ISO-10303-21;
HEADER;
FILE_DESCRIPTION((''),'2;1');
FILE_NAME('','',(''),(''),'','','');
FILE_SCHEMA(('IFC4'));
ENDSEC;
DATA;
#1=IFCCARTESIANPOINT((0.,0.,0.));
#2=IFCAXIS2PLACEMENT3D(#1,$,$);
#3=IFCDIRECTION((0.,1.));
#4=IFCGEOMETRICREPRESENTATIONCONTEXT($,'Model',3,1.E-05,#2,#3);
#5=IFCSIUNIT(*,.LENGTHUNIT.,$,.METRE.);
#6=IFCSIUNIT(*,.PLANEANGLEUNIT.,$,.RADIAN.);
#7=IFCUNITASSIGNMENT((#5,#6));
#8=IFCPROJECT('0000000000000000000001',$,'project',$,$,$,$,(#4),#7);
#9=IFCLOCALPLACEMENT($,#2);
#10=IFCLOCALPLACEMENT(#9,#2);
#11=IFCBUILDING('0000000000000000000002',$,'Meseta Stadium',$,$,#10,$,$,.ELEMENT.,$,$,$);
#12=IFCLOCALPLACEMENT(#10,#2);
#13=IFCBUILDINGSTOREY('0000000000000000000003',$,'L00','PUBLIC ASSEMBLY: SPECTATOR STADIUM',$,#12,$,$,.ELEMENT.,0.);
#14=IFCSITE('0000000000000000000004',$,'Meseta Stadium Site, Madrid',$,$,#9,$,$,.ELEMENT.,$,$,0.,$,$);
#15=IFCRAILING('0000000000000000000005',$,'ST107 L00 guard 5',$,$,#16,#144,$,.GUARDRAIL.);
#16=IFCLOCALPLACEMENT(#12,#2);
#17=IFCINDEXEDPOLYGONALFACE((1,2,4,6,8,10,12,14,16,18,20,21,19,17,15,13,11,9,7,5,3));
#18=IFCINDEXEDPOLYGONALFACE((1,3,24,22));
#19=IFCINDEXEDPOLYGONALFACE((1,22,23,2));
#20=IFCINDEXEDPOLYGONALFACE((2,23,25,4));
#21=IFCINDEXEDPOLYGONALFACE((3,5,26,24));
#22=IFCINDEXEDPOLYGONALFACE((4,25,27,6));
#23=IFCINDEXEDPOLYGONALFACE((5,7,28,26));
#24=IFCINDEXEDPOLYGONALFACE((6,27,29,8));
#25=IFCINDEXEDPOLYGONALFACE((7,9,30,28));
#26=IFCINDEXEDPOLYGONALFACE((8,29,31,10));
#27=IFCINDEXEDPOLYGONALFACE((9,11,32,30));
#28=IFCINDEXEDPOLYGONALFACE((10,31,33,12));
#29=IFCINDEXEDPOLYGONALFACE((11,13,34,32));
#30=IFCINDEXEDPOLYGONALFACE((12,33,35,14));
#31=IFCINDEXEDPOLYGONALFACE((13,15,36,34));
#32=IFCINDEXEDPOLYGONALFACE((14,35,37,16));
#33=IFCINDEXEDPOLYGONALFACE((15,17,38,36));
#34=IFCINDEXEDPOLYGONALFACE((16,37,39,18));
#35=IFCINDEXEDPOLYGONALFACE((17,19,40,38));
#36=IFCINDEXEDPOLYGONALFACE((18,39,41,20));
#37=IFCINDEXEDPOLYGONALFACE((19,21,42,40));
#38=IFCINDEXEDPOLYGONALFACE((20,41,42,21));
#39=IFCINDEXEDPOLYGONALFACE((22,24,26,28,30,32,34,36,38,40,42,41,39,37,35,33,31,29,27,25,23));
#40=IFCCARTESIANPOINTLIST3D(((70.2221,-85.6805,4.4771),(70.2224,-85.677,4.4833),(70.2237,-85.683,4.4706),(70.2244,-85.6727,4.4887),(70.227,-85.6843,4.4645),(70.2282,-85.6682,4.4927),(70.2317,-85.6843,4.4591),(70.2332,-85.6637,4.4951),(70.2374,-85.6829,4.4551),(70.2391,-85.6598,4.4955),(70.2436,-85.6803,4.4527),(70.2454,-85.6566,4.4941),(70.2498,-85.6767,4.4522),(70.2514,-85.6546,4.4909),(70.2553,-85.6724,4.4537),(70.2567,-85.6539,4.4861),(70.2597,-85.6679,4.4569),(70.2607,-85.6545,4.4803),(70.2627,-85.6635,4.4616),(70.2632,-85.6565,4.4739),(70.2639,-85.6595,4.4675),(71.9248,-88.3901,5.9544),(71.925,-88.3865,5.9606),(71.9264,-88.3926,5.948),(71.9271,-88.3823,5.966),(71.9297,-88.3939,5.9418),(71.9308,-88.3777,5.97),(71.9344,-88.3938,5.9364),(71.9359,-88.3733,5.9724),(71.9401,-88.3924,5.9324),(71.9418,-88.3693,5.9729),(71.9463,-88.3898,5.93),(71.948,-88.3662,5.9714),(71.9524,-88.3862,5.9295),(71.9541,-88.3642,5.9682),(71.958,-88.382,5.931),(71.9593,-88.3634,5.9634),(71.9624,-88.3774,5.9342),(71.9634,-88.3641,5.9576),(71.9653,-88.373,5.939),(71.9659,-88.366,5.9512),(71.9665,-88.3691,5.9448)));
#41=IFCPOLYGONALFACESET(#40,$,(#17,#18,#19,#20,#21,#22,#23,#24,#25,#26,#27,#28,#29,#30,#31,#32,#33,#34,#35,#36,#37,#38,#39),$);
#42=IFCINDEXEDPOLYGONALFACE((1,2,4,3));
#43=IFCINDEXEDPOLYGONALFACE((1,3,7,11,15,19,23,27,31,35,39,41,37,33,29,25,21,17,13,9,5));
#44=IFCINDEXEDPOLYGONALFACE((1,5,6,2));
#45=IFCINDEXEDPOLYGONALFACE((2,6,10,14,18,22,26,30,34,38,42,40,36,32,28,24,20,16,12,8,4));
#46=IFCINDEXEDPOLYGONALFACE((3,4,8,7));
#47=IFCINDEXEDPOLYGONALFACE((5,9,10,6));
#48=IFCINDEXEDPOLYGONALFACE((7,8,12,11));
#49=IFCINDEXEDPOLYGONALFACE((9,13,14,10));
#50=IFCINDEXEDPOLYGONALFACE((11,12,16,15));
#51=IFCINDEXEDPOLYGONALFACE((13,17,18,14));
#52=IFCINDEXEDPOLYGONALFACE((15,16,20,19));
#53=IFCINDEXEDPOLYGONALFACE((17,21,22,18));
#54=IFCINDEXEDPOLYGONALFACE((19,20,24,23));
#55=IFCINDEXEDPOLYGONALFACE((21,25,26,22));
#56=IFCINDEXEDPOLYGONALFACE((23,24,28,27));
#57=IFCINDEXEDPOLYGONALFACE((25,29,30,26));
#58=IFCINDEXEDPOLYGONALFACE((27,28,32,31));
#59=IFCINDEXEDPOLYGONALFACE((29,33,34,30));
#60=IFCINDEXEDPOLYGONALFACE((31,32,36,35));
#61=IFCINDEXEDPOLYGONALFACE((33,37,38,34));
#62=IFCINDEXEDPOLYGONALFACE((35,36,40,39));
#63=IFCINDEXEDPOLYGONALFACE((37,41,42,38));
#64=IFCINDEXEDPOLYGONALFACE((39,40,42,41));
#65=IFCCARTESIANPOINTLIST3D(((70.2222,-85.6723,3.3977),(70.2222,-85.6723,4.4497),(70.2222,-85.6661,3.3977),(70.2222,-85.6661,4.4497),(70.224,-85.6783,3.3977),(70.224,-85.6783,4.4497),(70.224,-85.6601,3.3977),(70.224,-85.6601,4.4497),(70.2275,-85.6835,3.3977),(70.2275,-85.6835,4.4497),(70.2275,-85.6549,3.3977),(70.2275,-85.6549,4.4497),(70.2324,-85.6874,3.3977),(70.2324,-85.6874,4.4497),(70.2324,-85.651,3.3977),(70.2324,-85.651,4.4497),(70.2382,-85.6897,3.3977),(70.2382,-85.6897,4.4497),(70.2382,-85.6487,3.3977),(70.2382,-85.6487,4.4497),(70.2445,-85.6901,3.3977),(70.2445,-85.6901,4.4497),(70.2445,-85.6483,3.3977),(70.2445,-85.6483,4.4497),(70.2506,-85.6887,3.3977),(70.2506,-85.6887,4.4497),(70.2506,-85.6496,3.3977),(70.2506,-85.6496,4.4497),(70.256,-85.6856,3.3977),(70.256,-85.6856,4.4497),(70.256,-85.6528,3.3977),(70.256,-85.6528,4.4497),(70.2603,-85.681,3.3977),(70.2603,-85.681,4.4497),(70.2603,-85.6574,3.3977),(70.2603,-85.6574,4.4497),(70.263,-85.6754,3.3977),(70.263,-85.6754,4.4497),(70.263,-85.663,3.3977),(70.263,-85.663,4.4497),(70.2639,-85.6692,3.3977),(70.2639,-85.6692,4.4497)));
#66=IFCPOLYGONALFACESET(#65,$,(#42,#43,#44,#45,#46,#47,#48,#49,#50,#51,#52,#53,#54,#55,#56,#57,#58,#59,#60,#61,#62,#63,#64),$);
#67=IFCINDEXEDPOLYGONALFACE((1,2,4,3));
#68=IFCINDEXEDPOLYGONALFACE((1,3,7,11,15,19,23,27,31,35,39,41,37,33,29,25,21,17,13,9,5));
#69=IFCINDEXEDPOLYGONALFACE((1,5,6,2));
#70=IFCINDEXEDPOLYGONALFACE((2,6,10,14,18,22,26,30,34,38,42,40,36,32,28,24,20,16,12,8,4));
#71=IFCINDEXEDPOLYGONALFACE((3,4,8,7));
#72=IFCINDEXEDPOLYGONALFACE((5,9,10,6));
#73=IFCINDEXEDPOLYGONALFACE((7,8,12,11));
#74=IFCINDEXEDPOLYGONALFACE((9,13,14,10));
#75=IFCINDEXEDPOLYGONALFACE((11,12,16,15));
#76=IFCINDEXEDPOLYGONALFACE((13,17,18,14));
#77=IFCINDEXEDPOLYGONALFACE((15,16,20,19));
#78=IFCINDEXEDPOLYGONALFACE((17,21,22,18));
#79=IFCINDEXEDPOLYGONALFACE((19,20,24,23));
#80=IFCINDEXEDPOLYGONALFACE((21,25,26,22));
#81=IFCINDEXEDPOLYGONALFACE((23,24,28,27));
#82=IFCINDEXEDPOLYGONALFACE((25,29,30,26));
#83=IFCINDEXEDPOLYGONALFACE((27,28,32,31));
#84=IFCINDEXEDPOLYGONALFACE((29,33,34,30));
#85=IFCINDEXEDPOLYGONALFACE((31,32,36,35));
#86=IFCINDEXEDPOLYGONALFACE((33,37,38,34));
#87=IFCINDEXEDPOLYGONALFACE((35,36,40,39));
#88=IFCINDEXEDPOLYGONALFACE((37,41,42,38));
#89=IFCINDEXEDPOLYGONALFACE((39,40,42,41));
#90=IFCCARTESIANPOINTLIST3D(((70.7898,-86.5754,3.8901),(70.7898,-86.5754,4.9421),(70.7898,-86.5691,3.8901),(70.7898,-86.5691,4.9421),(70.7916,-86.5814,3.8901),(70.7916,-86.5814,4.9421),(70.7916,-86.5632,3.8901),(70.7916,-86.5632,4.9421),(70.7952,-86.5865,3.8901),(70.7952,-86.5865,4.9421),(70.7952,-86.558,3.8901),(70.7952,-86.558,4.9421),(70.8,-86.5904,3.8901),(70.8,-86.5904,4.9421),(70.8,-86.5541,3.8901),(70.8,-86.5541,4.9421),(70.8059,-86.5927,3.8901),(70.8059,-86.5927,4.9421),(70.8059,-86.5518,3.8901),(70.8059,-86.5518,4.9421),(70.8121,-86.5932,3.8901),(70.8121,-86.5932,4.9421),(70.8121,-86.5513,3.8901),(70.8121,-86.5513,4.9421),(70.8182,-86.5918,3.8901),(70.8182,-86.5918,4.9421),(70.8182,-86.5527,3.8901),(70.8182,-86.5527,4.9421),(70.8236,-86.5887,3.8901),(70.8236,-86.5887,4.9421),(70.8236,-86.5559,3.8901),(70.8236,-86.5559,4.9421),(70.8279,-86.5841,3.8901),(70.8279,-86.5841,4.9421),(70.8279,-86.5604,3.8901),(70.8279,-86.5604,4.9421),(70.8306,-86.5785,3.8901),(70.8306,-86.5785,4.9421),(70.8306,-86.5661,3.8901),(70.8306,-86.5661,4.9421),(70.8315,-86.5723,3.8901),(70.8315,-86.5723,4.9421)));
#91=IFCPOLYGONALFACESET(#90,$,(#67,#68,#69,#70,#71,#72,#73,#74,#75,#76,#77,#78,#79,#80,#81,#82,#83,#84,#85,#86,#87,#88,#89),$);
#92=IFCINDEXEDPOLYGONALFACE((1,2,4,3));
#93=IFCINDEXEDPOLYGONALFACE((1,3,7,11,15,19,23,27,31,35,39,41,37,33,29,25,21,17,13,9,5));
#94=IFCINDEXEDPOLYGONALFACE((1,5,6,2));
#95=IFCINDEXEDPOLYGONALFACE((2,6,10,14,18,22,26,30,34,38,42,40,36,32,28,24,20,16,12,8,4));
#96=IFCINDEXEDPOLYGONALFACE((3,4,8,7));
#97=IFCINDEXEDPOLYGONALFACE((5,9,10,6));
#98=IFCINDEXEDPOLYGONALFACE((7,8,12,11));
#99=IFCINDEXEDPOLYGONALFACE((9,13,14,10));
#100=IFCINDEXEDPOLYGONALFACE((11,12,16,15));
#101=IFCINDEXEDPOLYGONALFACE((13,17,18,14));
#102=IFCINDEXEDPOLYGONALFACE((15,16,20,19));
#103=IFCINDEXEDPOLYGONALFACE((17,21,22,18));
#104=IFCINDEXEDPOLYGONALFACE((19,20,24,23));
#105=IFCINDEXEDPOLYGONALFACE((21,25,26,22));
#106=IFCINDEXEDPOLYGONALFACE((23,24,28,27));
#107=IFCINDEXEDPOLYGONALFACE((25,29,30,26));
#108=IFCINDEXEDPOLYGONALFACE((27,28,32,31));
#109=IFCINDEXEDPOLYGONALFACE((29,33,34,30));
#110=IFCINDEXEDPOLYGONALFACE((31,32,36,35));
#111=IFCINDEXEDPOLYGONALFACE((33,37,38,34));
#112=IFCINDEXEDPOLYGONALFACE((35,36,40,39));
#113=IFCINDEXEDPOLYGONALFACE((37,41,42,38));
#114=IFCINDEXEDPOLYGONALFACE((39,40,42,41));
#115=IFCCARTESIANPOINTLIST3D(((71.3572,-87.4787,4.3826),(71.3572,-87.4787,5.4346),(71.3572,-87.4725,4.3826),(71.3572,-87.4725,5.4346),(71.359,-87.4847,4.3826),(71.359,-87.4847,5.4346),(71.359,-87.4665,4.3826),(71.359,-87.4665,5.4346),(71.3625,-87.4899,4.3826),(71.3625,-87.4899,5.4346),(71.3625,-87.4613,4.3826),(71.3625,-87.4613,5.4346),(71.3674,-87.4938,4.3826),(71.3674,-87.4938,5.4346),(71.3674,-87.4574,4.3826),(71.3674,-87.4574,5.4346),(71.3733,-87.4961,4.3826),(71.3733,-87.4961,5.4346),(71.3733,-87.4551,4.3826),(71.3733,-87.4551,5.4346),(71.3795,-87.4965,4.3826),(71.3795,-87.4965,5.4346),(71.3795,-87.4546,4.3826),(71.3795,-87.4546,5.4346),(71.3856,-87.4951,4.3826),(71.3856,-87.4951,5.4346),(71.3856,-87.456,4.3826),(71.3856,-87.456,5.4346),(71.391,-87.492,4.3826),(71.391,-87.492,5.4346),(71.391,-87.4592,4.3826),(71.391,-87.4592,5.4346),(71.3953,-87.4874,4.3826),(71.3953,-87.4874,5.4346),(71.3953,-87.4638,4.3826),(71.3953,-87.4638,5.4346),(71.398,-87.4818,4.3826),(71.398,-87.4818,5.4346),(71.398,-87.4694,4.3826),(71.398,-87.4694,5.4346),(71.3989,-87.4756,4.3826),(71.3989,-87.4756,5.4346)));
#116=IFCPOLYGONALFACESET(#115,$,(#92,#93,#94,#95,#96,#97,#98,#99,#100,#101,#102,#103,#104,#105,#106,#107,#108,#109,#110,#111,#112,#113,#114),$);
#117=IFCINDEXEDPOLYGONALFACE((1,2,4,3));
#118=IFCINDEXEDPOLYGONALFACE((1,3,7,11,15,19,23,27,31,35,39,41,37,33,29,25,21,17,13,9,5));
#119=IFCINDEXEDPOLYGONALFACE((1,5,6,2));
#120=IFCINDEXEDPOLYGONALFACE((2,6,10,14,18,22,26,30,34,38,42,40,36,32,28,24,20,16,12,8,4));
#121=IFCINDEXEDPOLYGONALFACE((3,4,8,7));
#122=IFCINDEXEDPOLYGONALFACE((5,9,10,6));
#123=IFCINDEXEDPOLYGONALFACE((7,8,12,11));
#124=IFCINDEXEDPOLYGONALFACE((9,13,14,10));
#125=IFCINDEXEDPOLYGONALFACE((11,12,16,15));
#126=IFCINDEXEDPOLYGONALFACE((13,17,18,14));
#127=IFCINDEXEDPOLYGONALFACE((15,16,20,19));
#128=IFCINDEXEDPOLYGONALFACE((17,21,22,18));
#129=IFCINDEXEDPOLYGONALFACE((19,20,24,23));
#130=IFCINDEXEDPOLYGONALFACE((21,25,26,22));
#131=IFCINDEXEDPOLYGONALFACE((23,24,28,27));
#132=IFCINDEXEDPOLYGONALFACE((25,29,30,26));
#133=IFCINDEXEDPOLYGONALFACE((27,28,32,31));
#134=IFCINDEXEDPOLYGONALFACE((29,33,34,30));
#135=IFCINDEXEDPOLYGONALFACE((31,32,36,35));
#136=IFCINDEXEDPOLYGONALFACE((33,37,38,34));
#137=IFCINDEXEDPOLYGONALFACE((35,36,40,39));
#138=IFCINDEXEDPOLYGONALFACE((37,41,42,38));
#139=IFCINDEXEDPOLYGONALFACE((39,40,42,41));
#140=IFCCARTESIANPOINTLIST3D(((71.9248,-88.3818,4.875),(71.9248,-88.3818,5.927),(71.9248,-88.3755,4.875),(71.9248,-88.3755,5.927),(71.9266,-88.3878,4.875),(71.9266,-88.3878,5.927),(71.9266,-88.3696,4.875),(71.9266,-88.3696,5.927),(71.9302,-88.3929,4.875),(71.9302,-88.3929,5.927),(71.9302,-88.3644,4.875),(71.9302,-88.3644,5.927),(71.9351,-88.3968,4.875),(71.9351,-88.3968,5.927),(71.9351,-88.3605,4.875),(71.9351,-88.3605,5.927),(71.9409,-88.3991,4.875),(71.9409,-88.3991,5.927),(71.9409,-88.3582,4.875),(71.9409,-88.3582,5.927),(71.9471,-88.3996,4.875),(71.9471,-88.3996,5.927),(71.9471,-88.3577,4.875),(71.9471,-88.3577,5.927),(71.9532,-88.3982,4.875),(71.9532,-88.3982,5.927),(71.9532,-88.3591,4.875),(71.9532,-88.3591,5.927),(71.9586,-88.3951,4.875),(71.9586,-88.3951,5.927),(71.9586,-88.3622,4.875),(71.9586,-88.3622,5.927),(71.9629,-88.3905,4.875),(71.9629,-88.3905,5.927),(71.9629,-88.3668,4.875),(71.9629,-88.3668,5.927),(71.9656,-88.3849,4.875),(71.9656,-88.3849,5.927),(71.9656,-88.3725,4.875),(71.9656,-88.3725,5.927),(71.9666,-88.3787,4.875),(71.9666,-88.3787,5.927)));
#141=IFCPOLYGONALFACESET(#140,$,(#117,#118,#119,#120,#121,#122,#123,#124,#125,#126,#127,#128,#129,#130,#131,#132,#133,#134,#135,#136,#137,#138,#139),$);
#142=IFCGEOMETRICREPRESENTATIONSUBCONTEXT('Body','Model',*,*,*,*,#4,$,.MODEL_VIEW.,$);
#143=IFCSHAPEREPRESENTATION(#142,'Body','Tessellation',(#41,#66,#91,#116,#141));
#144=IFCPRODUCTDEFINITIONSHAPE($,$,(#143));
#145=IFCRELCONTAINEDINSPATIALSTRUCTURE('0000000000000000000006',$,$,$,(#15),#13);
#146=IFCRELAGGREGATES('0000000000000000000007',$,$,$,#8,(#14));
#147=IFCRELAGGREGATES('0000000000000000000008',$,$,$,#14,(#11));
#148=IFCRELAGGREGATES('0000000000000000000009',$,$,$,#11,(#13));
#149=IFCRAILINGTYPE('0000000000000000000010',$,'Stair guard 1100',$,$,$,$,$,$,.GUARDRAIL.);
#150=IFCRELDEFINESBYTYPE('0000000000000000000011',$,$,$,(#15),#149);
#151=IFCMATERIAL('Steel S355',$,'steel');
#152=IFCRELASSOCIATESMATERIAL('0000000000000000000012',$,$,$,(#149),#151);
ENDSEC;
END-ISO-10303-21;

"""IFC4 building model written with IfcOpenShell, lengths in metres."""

from ifc_helpers import new_model, si_unit, direction, frame, origin, origin_2d, place, context, subcontext, project, spatial, circle, extrude, material, type_object, element, save


model = new_model("IFC4")

# Units and contexts
model_context = context("Model", 3, precision=1e-05, world=origin(), true_north=direction((0.0, 1.0)))
body_context = subcontext(model_context, "Body", "Model", "MODEL_VIEW")
ifc_project = project(units=[si_unit("LENGTHUNIT", "METRE"), si_unit("PLANEANGLEUNIT", "RADIAN")], contexts=[model_context])

# Site, building, storey
site_placement = place(None, origin())
site = spatial("IfcSite", under=ifc_project, at=site_placement, Name="Meseta Stadium Site, Madrid", CompositionType="ELEMENT", RefElevation=0.0)
building_placement = place(site_placement, origin())
building = spatial("IfcBuilding", under=site, at=building_placement, Name="Meseta Stadium", CompositionType="ELEMENT")
storey_placement = place(building_placement, origin())
storey = spatial("IfcBuildingStorey", under=building, at=storey_placement, Name="L00", Description="PUBLIC ASSEMBLY: SPECTATOR STADIUM", CompositionType="ELEMENT", Elevation=0.0)

# Railing
ifc_material_1 = material(Name="Steel S355", Category="steel")
railing_type_1 = type_object("IfcRailingType", Name="Stair guard 1100", PredefinedType="GUARDRAIL", material=ifc_material_1)
railing_1_placement = place(storey_placement, frame((70.2429, -85.6692, 3.3977)))
element("IfcRailing", 1, at=railing_1_placement, inside=storey, type_object=railing_type_1, Name="ST107 L00 guard 5", PredefinedType="GUARDRAIL", context=body_context, shape_type="SweptSolid", body=[
    extrude(circle(Radius=0.0239, at=origin_2d()), frame((0.0, 0.0, 1.0762), z_axis=(0.483076, -0.768738, 0.419142), x_axis=(0.846701, 0.532068, 0.0)), (0.0, 0.0, 1.0), 3.5247),
    extrude(circle(Radius=0.021, at=origin_2d()), origin(), (0.0, 0.0, 1.0), 1.052),
    extrude(circle(Radius=0.021, at=origin_2d()), frame((0.5676, -0.9031, 0.4924)), (0.0, 0.0, 1.0), 1.052),
    extrude(circle(Radius=0.021, at=origin_2d()), frame((1.135, -1.8064, 0.9849)), (0.0, 0.0, 1.0), 1.052),
    extrude(circle(Radius=0.021, at=origin_2d()), frame((1.7026, -2.7095, 1.4773)), (0.0, 0.0, 1.0), 1.052),
])

save(model, "model.ifc")
